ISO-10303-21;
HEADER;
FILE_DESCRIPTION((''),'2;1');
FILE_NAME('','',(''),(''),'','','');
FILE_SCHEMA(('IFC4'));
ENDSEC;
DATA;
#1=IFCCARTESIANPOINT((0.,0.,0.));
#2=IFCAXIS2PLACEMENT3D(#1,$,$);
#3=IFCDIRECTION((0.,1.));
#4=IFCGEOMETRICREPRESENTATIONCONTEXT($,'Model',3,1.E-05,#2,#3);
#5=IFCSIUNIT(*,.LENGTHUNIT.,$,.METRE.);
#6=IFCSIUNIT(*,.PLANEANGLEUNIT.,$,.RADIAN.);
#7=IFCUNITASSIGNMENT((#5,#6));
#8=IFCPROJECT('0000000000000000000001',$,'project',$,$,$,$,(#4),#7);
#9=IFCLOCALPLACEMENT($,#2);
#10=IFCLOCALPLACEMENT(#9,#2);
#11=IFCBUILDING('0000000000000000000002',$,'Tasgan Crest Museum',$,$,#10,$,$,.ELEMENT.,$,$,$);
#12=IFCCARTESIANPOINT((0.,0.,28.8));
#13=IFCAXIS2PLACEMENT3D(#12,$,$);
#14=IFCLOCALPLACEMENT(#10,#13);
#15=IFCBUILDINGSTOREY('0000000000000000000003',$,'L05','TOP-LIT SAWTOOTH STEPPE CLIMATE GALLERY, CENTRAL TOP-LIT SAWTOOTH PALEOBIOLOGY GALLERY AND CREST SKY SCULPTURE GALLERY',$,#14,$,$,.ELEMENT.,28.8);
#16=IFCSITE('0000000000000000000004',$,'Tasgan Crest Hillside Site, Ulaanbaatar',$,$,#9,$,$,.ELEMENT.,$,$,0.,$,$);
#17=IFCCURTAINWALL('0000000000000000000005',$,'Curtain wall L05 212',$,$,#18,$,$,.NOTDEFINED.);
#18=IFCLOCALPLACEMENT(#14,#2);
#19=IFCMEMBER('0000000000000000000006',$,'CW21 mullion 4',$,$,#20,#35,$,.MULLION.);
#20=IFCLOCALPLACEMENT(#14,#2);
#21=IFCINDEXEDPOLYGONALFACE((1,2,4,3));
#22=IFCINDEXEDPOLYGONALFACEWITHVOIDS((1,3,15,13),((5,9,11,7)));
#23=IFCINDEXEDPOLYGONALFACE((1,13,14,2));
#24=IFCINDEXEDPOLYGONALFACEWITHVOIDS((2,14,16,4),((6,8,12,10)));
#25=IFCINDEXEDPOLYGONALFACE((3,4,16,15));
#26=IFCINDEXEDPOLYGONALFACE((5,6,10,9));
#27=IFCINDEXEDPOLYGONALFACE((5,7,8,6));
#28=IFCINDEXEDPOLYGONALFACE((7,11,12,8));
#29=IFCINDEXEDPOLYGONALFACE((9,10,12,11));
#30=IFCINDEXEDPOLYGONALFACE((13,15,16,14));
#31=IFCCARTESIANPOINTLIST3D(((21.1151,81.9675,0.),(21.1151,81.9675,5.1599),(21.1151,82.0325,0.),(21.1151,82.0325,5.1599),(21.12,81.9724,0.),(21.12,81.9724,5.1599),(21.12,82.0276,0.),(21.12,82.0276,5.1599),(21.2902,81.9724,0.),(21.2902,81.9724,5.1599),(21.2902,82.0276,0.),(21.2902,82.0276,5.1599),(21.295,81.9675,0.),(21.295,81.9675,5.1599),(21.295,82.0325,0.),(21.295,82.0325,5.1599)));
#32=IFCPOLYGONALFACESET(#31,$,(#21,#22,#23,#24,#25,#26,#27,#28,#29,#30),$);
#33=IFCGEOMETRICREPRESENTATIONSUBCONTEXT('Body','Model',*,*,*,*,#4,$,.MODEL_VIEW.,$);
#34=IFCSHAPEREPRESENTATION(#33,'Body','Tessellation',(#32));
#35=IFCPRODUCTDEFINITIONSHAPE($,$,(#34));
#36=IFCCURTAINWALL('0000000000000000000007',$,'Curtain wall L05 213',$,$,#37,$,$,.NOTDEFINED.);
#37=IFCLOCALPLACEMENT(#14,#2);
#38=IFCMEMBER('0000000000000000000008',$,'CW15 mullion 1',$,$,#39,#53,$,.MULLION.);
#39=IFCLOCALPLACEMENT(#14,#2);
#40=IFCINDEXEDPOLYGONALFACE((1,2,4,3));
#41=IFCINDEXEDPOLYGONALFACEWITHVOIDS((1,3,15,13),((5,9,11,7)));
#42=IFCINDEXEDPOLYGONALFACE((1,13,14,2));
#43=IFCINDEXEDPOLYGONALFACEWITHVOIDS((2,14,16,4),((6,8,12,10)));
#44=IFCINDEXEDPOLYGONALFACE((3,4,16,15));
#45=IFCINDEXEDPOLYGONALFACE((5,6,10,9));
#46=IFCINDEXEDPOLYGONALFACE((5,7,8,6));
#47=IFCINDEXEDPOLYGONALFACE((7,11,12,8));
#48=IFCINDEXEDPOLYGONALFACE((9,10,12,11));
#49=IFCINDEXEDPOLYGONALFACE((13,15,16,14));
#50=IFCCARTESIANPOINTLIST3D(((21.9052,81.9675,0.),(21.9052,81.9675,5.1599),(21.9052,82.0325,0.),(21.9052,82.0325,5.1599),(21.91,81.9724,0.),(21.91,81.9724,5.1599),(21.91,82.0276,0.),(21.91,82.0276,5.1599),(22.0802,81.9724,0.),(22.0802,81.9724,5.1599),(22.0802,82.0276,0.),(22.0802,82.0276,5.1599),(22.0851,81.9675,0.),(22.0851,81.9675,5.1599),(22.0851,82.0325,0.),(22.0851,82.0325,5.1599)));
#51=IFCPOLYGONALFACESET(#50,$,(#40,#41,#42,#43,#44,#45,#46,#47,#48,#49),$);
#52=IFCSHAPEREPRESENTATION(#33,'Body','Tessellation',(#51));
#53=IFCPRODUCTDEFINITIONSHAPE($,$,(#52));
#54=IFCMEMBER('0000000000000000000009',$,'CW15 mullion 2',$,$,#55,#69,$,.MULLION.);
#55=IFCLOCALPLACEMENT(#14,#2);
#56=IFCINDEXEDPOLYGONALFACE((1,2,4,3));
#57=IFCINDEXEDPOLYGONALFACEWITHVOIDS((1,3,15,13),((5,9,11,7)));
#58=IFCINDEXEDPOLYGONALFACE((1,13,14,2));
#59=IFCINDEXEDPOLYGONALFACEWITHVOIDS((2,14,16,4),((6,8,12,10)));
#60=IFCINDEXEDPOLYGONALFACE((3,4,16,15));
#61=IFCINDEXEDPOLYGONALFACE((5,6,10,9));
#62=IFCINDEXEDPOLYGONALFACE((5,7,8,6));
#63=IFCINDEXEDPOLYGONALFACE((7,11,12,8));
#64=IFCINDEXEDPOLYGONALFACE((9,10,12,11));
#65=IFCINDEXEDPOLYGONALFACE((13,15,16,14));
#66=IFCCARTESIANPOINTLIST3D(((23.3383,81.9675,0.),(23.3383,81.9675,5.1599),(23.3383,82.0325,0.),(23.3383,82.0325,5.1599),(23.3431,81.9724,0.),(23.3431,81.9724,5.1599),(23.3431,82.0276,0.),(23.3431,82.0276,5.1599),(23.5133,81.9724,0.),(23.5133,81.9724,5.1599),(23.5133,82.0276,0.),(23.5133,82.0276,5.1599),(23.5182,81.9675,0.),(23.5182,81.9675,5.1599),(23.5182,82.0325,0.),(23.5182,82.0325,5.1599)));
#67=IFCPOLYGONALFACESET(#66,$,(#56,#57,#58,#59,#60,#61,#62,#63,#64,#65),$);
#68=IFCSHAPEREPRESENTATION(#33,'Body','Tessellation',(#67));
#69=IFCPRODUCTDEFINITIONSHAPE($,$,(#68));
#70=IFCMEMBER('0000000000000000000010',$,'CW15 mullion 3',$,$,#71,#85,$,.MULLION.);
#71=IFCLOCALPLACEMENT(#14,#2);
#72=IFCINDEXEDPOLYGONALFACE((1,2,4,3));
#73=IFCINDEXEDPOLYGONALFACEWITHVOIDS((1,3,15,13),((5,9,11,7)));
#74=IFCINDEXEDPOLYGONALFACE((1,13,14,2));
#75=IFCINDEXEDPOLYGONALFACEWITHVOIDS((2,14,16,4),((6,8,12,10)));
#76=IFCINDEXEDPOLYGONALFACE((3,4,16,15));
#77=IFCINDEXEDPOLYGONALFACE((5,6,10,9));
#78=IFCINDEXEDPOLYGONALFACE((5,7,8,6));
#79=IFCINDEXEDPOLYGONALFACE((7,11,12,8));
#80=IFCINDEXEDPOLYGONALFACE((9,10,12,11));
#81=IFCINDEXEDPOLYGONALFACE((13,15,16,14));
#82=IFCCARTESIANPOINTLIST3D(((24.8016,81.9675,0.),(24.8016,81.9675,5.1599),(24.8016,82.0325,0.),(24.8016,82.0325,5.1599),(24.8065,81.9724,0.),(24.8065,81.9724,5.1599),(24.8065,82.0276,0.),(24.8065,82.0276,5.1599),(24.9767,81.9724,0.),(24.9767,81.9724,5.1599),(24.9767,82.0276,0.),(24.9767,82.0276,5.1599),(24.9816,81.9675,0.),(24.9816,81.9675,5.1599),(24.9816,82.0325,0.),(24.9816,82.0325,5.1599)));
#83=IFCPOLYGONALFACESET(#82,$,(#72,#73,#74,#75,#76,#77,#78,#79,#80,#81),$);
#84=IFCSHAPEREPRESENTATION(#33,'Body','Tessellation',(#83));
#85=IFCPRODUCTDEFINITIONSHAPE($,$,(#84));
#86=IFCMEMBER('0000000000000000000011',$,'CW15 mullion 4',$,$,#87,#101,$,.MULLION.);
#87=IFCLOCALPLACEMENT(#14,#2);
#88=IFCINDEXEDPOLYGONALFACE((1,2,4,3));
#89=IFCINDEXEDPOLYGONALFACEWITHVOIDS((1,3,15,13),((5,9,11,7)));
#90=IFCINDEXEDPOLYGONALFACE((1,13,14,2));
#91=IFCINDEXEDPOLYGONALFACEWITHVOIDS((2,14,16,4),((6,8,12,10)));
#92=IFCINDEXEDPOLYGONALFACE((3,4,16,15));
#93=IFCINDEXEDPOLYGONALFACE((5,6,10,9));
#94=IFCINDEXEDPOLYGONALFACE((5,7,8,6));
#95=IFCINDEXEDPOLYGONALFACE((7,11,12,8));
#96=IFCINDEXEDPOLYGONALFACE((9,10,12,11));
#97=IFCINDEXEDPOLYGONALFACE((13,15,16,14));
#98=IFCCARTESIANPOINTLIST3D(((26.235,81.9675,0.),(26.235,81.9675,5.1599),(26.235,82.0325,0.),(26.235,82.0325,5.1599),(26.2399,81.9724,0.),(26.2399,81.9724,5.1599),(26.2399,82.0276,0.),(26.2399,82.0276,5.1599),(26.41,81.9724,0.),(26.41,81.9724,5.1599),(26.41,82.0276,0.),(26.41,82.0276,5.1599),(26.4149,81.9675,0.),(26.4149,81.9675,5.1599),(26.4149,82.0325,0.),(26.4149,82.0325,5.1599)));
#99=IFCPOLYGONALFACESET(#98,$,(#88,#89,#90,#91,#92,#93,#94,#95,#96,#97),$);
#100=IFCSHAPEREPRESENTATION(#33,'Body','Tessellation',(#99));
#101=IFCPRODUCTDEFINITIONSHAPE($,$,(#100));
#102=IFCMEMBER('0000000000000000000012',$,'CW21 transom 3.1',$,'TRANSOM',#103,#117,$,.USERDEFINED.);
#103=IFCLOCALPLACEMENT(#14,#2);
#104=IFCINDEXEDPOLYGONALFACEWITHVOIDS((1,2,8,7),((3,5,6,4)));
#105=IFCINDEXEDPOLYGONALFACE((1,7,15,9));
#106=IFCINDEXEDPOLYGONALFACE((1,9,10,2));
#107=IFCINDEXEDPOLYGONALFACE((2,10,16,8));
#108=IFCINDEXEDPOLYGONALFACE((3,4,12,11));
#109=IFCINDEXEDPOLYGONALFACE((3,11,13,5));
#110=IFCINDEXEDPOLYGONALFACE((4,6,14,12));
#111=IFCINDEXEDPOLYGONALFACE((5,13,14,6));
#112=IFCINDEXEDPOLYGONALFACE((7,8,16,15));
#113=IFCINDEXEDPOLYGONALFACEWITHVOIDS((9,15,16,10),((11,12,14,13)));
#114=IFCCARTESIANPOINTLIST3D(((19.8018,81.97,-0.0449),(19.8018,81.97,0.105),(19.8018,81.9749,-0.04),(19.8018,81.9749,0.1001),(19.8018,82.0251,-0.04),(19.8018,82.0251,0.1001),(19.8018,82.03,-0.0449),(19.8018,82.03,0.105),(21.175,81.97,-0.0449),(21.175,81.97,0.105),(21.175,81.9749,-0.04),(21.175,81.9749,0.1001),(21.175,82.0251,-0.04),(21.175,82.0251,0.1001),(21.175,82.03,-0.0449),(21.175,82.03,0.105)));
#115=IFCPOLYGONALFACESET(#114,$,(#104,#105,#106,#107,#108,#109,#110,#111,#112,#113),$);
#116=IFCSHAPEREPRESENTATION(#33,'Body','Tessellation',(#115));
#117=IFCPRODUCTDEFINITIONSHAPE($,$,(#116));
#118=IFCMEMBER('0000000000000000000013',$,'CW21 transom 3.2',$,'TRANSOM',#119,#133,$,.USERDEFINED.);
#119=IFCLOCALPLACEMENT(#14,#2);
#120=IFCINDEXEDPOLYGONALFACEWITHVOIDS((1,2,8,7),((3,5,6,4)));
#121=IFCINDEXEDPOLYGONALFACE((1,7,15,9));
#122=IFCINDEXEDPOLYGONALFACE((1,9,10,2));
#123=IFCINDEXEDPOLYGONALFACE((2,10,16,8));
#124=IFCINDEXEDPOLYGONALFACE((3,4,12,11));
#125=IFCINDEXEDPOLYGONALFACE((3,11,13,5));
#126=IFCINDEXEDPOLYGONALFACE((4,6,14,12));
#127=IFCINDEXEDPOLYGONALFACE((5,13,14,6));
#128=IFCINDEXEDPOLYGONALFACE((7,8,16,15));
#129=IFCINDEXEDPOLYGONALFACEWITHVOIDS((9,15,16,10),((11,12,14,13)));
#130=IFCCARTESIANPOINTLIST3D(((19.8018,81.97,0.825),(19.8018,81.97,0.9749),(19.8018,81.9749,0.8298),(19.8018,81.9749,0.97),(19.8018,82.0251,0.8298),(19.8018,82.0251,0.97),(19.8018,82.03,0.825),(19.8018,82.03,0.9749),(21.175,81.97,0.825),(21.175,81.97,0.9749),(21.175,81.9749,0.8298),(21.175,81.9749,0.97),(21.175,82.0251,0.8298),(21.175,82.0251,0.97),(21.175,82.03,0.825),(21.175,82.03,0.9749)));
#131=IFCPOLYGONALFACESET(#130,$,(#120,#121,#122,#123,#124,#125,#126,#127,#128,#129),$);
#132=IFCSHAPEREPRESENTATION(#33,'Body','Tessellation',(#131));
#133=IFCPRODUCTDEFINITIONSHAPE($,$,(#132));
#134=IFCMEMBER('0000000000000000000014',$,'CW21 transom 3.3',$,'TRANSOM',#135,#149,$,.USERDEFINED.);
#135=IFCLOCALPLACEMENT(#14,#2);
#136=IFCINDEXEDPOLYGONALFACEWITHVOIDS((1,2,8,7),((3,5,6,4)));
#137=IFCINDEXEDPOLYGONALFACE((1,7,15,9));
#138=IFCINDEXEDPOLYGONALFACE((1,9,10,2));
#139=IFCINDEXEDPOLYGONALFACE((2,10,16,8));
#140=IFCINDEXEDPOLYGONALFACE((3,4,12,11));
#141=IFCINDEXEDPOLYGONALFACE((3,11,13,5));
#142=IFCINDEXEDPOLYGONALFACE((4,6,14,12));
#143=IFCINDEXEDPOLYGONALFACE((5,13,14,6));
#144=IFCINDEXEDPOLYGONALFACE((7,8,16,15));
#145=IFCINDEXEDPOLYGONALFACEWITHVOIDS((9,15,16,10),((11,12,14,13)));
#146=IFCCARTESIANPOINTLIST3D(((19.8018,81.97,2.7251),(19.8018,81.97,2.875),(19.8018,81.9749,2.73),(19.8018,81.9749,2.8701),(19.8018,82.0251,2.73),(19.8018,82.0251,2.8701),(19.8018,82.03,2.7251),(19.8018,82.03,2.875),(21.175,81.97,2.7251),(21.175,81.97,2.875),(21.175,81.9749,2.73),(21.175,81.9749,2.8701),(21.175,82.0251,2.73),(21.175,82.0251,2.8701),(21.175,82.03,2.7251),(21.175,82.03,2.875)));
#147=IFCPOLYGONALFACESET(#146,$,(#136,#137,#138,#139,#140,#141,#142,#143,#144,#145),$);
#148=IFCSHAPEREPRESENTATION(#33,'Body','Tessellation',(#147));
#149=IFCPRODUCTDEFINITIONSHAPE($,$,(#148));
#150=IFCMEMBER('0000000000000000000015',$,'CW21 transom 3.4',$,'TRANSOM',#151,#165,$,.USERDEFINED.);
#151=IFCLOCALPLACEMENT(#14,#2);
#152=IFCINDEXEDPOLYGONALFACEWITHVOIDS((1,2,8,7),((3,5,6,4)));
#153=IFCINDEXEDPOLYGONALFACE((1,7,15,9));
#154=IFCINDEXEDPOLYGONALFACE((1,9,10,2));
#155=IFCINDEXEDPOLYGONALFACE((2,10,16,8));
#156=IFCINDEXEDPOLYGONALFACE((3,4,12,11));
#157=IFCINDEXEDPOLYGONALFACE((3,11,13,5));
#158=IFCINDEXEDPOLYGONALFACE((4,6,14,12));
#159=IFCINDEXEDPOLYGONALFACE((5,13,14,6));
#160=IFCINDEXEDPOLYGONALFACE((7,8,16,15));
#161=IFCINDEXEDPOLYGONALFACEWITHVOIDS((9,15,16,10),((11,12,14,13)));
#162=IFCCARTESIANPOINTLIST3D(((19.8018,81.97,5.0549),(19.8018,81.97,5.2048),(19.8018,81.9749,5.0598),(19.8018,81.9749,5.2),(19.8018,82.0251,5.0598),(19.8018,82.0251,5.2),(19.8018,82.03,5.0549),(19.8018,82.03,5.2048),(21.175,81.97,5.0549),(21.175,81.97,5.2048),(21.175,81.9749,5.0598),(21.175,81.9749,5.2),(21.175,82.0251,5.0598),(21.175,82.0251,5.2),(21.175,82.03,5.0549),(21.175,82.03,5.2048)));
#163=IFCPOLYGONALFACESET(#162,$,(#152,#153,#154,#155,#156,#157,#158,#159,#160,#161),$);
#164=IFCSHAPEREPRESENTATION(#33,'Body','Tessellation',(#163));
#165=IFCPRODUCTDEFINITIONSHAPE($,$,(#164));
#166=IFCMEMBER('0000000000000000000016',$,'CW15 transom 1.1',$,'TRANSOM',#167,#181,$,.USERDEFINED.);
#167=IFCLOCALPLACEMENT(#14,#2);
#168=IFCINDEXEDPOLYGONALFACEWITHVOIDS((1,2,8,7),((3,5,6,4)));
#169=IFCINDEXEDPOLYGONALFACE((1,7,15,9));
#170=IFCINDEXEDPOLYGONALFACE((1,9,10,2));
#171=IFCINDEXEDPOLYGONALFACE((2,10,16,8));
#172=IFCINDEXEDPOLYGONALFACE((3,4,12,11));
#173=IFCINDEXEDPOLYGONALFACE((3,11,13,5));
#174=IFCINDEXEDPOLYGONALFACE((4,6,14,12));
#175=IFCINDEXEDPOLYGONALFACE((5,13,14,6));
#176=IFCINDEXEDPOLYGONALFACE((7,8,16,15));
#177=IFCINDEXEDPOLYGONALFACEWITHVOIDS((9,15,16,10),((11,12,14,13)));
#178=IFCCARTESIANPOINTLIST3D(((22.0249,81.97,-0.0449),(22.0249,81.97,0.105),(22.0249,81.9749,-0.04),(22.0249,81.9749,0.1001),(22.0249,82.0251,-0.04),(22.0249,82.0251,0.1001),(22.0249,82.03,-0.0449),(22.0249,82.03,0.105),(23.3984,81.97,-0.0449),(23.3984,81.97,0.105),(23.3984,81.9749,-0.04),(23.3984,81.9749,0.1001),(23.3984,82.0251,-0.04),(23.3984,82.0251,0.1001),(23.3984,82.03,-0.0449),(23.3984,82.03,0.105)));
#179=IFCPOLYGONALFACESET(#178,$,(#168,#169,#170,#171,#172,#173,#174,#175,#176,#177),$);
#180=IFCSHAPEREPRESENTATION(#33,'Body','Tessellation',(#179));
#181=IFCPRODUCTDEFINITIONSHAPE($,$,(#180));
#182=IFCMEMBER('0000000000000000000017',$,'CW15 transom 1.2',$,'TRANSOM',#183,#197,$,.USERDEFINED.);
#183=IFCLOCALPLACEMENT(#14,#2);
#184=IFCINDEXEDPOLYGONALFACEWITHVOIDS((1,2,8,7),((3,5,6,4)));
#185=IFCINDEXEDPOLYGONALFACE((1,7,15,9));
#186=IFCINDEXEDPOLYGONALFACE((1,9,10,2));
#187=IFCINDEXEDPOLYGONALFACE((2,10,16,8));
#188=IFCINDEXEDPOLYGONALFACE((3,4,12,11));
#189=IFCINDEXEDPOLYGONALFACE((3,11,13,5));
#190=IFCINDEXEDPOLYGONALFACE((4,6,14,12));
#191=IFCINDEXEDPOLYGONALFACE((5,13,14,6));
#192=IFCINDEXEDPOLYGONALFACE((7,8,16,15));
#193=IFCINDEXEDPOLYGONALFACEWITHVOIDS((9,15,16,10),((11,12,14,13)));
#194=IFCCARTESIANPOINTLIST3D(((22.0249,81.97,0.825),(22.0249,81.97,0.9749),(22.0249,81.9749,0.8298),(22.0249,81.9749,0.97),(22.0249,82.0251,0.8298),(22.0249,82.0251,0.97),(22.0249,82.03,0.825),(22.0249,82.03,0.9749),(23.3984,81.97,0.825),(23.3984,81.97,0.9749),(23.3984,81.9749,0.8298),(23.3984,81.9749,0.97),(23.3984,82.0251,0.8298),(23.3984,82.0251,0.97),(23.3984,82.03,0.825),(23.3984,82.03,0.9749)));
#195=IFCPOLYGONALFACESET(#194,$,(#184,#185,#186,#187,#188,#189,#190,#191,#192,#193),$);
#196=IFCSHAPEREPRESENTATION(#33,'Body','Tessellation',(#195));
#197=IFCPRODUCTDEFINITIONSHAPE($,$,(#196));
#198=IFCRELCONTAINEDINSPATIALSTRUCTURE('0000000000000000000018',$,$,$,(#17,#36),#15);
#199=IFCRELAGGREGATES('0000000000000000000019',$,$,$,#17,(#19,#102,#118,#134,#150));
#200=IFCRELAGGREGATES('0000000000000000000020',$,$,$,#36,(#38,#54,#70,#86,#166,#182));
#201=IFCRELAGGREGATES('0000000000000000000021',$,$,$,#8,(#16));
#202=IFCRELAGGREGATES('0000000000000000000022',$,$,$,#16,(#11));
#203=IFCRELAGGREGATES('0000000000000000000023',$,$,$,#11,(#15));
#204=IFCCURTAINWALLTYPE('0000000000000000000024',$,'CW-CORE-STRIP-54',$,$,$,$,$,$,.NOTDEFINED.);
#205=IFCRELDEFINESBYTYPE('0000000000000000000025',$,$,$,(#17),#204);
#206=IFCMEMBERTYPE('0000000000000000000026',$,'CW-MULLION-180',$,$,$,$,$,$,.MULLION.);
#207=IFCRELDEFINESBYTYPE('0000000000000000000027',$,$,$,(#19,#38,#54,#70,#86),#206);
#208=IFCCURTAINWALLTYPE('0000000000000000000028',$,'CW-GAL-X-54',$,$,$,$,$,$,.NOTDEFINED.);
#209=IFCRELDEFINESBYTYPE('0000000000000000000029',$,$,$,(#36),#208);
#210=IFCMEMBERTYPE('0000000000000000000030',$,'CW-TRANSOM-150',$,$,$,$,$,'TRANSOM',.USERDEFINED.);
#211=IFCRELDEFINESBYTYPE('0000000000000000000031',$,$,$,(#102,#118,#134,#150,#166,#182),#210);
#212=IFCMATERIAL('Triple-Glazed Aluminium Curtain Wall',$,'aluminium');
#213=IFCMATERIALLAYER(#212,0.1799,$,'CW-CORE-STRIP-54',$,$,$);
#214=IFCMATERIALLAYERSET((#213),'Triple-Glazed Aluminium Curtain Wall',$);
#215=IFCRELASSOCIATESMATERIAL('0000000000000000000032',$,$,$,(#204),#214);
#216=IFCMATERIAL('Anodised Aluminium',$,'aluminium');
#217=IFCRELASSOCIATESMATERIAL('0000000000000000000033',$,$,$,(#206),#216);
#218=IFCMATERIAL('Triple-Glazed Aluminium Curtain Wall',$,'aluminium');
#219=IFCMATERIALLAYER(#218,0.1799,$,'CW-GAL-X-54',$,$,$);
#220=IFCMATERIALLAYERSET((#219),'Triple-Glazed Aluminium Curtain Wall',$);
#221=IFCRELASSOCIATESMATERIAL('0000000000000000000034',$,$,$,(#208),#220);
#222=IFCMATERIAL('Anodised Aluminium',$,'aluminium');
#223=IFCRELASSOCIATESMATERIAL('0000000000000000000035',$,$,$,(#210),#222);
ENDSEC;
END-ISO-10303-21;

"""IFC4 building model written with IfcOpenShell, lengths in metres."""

from ifc_helpers import new_model, si_unit, direction, frame, origin, origin_2d, place, context, subcontext, project, spatial, hollow_rectangle, extrude, material, layer, layer_set, material_profile, profile_set, type_object, element, aggregate, save


model = new_model("IFC4")

# Units and contexts
model_context = context("Model", 3, precision=1e-05, world=origin(), true_north=direction((0.0, 1.0)))
body_context = subcontext(model_context, "Body", "Model", "MODEL_VIEW")
ifc_project = project(units=[si_unit("LENGTHUNIT", "METRE"), si_unit("PLANEANGLEUNIT", "RADIAN")], contexts=[model_context])

# Site, building, storey
site_placement = place(None, origin())
site = spatial("IfcSite", under=ifc_project, at=site_placement, Name="Tasgan Crest Hillside Site, Ulaanbaatar", CompositionType="ELEMENT", RefElevation=0.0)
building_placement = place(site_placement, origin())
building = spatial("IfcBuilding", under=site, at=building_placement, Name="Tasgan Crest Museum", CompositionType="ELEMENT")
storey_placement = place(building_placement, frame((0.0, 0.0, 28.8)))
storey = spatial("IfcBuildingStorey", under=building, at=storey_placement, Name="L05", Description="TOP-LIT SAWTOOTH STEPPE CLIMATE GALLERY, CENTRAL TOP-LIT SAWTOOTH PALEOBIOLOGY GALLERY AND CREST SKY SCULPTURE GALLERY", CompositionType="ELEMENT", Elevation=28.8)

# Curtain wall, member
ifc_material_1 = material(Name="Triple-Glazed Aluminium Curtain Wall", Category="aluminium")
ifc_layer_1 = layer(ifc_material_1, 0.1799, Name="CW-CORE-STRIP-54")
ifc_layer_set_1 = layer_set([ifc_layer_1], Name="Triple-Glazed Aluminium Curtain Wall")
curtain_wall_type_1 = type_object("IfcCurtainWallType", Name="CW-CORE-STRIP-54", PredefinedType="NOTDEFINED", material=ifc_layer_set_1)
curtain_wall_1_placement = place(storey_placement, origin())
curtain_wall_1 = element("IfcCurtainWall", 1, at=curtain_wall_1_placement, inside=storey, type_object=curtain_wall_type_1, Name="Curtain wall L05 212", PredefinedType="NOTDEFINED")
ifc_material_2 = material(Name="Anodised Aluminium", Category="aluminium")
ifc_material_profile_1 = material_profile(ifc_material_2, hollow_rectangle(XDim=0.0649, YDim=0.1799, WallThickness=0.0049, at=origin_2d()), Name="ALU MULLION 180x65x5")
ifc_profile_set_1 = profile_set([ifc_material_profile_1], Name="Anodised Aluminium")
member_type_1 = type_object("IfcMemberType", Name="CW-MULLION-180", PredefinedType="MULLION", material=ifc_profile_set_1)
member_1_placement = place(storey_placement, frame((21.2051, 82.0, 0.0), z_axis=(0.0, 0.0, 1.0), x_axis=(0.0, 1.0, 0.0)))
member_1 = element("IfcMember", 2, at=member_1_placement, type_object=member_type_1, Name="CW21 mullion 4", PredefinedType="MULLION", context=body_context, shape_type="SweptSolid", body=[
    extrude(hollow_rectangle(XDim=0.0649, YDim=0.1799, WallThickness=0.0049, at=origin_2d()), origin(), (0.0, 0.0, 1.0), 5.1599),
])

# Curtain wall, members
ifc_material_3 = material(Name="Triple-Glazed Aluminium Curtain Wall", Category="aluminium")
ifc_layer_2 = layer(ifc_material_3, 0.1799, Name="CW-GAL-X-54")
ifc_layer_set_2 = layer_set([ifc_layer_2], Name="Triple-Glazed Aluminium Curtain Wall")
curtain_wall_type_2 = type_object("IfcCurtainWallType", Name="CW-GAL-X-54", PredefinedType="NOTDEFINED", material=ifc_layer_set_2)
curtain_wall_2_placement = place(storey_placement, origin())
curtain_wall_2 = element("IfcCurtainWall", 3, at=curtain_wall_2_placement, inside=storey, type_object=curtain_wall_type_2, Name="Curtain wall L05 213", PredefinedType="NOTDEFINED")
member_2_placement = place(storey_placement, frame((21.9951, 82.0, 0.0), z_axis=(0.0, 0.0, 1.0), x_axis=(0.0, 1.0, 0.0)))
member_2 = element("IfcMember", 4, at=member_2_placement, type_object=member_type_1, Name="CW15 mullion 1", PredefinedType="MULLION", context=body_context, shape_type="SweptSolid", body=[
    extrude(hollow_rectangle(XDim=0.0649, YDim=0.1799, WallThickness=0.0049, at=origin_2d()), origin(), (0.0, 0.0, 1.0), 5.1599),
])
member_3_placement = place(storey_placement, frame((23.4282, 82.0, 0.0), z_axis=(0.0, 0.0, 1.0), x_axis=(0.0, 1.0, 0.0)))
member_3 = element("IfcMember", 5, at=member_3_placement, type_object=member_type_1, Name="CW15 mullion 2", PredefinedType="MULLION", context=body_context, shape_type="SweptSolid", body=[
    extrude(hollow_rectangle(XDim=0.0649, YDim=0.1799, WallThickness=0.0049, at=origin_2d()), origin(), (0.0, 0.0, 1.0), 5.1599),
])
member_4_placement = place(storey_placement, frame((24.8916, 82.0, 0.0), z_axis=(0.0, 0.0, 1.0), x_axis=(0.0, 1.0, 0.0)))
member_4 = element("IfcMember", 6, at=member_4_placement, type_object=member_type_1, Name="CW15 mullion 3", PredefinedType="MULLION", context=body_context, shape_type="SweptSolid", body=[
    extrude(hollow_rectangle(XDim=0.0649, YDim=0.1799, WallThickness=0.0049, at=origin_2d()), origin(), (0.0, 0.0, 1.0), 5.1599),
])
member_5_placement = place(storey_placement, frame((26.325, 82.0, 0.0), z_axis=(0.0, 0.0, 1.0), x_axis=(0.0, 1.0, 0.0)))
member_5 = element("IfcMember", 7, at=member_5_placement, type_object=member_type_1, Name="CW15 mullion 4", PredefinedType="MULLION", context=body_context, shape_type="SweptSolid", body=[
    extrude(hollow_rectangle(XDim=0.0649, YDim=0.1799, WallThickness=0.0049, at=origin_2d()), origin(), (0.0, 0.0, 1.0), 5.1599),
])

# Members
ifc_material_4 = material(Name="Anodised Aluminium", Category="aluminium")
ifc_material_profile_2 = material_profile(ifc_material_4, hollow_rectangle(XDim=0.0601, YDim=0.1499, WallThickness=0.0049, at=origin_2d()), Name="ALU TRANSOM 150x60x5")
ifc_profile_set_2 = profile_set([ifc_material_profile_2], Name="Anodised Aluminium")
member_type_2 = type_object("IfcMemberType", Name="CW-TRANSOM-150", ElementType="TRANSOM", PredefinedType="USERDEFINED", material=ifc_profile_set_2)
member_6_placement = place(storey_placement, frame((19.8018, 82.0, 0.03), z_axis=(1.0, 0.0, 0.0), x_axis=(0.0, 1.0, 0.0)))
member_6 = element("IfcMember", 8, at=member_6_placement, type_object=member_type_2, Name="CW21 transom 3.1", ObjectType="TRANSOM", PredefinedType="USERDEFINED", context=body_context, shape_type="SweptSolid", body=[
    extrude(hollow_rectangle(XDim=0.0601, YDim=0.1499, WallThickness=0.0049, at=origin_2d()), origin(), (0.0, 0.0, 1.0), 1.3733),
])
member_7_placement = place(storey_placement, frame((19.8018, 82.0, 0.8999), z_axis=(1.0, 0.0, 0.0), x_axis=(0.0, 1.0, 0.0)))
member_7 = element("IfcMember", 9, at=member_7_placement, type_object=member_type_2, Name="CW21 transom 3.2", ObjectType="TRANSOM", PredefinedType="USERDEFINED", context=body_context, shape_type="SweptSolid", body=[
    extrude(hollow_rectangle(XDim=0.0601, YDim=0.1499, WallThickness=0.0049, at=origin_2d()), origin(), (0.0, 0.0, 1.0), 1.3733),
])
member_8_placement = place(storey_placement, frame((19.8018, 82.0, 2.8), z_axis=(1.0, 0.0, 0.0), x_axis=(0.0, 1.0, 0.0)))
member_8 = element("IfcMember", 10, at=member_8_placement, type_object=member_type_2, Name="CW21 transom 3.3", ObjectType="TRANSOM", PredefinedType="USERDEFINED", context=body_context, shape_type="SweptSolid", body=[
    extrude(hollow_rectangle(XDim=0.0601, YDim=0.1499, WallThickness=0.0049, at=origin_2d()), origin(), (0.0, 0.0, 1.0), 1.3733),
])
member_9_placement = place(storey_placement, frame((19.8018, 82.0, 5.1299), z_axis=(1.0, 0.0, 0.0), x_axis=(0.0, 1.0, 0.0)))
member_9 = element("IfcMember", 11, at=member_9_placement, type_object=member_type_2, Name="CW21 transom 3.4", ObjectType="TRANSOM", PredefinedType="USERDEFINED", context=body_context, shape_type="SweptSolid", body=[
    extrude(hollow_rectangle(XDim=0.0601, YDim=0.1499, WallThickness=0.0049, at=origin_2d()), origin(), (0.0, 0.0, 1.0), 1.3733),
])
member_10_placement = place(storey_placement, frame((22.0249, 82.0, 0.03), z_axis=(1.0, 0.0, 0.0), x_axis=(0.0, 1.0, 0.0)))
member_10 = element("IfcMember", 12, at=member_10_placement, type_object=member_type_2, Name="CW15 transom 1.1", ObjectType="TRANSOM", PredefinedType="USERDEFINED", context=body_context, shape_type="SweptSolid", body=[
    extrude(hollow_rectangle(XDim=0.0601, YDim=0.1499, WallThickness=0.0049, at=origin_2d()), origin(), (0.0, 0.0, 1.0), 1.3735),
])
member_11_placement = place(storey_placement, frame((22.0249, 82.0, 0.8999), z_axis=(1.0, 0.0, 0.0), x_axis=(0.0, 1.0, 0.0)))
member_11 = element("IfcMember", 13, at=member_11_placement, type_object=member_type_2, Name="CW15 transom 1.2", ObjectType="TRANSOM", PredefinedType="USERDEFINED", context=body_context, shape_type="SweptSolid", body=[
    extrude(hollow_rectangle(XDim=0.0601, YDim=0.1499, WallThickness=0.0049, at=origin_2d()), origin(), (0.0, 0.0, 1.0), 1.3735),
])

aggregate(curtain_wall_1, [member_1, member_6, member_7, member_8, member_9])
aggregate(curtain_wall_2, [member_2, member_3, member_4, member_5, member_10, member_11])

save(model, "model.ifc")
